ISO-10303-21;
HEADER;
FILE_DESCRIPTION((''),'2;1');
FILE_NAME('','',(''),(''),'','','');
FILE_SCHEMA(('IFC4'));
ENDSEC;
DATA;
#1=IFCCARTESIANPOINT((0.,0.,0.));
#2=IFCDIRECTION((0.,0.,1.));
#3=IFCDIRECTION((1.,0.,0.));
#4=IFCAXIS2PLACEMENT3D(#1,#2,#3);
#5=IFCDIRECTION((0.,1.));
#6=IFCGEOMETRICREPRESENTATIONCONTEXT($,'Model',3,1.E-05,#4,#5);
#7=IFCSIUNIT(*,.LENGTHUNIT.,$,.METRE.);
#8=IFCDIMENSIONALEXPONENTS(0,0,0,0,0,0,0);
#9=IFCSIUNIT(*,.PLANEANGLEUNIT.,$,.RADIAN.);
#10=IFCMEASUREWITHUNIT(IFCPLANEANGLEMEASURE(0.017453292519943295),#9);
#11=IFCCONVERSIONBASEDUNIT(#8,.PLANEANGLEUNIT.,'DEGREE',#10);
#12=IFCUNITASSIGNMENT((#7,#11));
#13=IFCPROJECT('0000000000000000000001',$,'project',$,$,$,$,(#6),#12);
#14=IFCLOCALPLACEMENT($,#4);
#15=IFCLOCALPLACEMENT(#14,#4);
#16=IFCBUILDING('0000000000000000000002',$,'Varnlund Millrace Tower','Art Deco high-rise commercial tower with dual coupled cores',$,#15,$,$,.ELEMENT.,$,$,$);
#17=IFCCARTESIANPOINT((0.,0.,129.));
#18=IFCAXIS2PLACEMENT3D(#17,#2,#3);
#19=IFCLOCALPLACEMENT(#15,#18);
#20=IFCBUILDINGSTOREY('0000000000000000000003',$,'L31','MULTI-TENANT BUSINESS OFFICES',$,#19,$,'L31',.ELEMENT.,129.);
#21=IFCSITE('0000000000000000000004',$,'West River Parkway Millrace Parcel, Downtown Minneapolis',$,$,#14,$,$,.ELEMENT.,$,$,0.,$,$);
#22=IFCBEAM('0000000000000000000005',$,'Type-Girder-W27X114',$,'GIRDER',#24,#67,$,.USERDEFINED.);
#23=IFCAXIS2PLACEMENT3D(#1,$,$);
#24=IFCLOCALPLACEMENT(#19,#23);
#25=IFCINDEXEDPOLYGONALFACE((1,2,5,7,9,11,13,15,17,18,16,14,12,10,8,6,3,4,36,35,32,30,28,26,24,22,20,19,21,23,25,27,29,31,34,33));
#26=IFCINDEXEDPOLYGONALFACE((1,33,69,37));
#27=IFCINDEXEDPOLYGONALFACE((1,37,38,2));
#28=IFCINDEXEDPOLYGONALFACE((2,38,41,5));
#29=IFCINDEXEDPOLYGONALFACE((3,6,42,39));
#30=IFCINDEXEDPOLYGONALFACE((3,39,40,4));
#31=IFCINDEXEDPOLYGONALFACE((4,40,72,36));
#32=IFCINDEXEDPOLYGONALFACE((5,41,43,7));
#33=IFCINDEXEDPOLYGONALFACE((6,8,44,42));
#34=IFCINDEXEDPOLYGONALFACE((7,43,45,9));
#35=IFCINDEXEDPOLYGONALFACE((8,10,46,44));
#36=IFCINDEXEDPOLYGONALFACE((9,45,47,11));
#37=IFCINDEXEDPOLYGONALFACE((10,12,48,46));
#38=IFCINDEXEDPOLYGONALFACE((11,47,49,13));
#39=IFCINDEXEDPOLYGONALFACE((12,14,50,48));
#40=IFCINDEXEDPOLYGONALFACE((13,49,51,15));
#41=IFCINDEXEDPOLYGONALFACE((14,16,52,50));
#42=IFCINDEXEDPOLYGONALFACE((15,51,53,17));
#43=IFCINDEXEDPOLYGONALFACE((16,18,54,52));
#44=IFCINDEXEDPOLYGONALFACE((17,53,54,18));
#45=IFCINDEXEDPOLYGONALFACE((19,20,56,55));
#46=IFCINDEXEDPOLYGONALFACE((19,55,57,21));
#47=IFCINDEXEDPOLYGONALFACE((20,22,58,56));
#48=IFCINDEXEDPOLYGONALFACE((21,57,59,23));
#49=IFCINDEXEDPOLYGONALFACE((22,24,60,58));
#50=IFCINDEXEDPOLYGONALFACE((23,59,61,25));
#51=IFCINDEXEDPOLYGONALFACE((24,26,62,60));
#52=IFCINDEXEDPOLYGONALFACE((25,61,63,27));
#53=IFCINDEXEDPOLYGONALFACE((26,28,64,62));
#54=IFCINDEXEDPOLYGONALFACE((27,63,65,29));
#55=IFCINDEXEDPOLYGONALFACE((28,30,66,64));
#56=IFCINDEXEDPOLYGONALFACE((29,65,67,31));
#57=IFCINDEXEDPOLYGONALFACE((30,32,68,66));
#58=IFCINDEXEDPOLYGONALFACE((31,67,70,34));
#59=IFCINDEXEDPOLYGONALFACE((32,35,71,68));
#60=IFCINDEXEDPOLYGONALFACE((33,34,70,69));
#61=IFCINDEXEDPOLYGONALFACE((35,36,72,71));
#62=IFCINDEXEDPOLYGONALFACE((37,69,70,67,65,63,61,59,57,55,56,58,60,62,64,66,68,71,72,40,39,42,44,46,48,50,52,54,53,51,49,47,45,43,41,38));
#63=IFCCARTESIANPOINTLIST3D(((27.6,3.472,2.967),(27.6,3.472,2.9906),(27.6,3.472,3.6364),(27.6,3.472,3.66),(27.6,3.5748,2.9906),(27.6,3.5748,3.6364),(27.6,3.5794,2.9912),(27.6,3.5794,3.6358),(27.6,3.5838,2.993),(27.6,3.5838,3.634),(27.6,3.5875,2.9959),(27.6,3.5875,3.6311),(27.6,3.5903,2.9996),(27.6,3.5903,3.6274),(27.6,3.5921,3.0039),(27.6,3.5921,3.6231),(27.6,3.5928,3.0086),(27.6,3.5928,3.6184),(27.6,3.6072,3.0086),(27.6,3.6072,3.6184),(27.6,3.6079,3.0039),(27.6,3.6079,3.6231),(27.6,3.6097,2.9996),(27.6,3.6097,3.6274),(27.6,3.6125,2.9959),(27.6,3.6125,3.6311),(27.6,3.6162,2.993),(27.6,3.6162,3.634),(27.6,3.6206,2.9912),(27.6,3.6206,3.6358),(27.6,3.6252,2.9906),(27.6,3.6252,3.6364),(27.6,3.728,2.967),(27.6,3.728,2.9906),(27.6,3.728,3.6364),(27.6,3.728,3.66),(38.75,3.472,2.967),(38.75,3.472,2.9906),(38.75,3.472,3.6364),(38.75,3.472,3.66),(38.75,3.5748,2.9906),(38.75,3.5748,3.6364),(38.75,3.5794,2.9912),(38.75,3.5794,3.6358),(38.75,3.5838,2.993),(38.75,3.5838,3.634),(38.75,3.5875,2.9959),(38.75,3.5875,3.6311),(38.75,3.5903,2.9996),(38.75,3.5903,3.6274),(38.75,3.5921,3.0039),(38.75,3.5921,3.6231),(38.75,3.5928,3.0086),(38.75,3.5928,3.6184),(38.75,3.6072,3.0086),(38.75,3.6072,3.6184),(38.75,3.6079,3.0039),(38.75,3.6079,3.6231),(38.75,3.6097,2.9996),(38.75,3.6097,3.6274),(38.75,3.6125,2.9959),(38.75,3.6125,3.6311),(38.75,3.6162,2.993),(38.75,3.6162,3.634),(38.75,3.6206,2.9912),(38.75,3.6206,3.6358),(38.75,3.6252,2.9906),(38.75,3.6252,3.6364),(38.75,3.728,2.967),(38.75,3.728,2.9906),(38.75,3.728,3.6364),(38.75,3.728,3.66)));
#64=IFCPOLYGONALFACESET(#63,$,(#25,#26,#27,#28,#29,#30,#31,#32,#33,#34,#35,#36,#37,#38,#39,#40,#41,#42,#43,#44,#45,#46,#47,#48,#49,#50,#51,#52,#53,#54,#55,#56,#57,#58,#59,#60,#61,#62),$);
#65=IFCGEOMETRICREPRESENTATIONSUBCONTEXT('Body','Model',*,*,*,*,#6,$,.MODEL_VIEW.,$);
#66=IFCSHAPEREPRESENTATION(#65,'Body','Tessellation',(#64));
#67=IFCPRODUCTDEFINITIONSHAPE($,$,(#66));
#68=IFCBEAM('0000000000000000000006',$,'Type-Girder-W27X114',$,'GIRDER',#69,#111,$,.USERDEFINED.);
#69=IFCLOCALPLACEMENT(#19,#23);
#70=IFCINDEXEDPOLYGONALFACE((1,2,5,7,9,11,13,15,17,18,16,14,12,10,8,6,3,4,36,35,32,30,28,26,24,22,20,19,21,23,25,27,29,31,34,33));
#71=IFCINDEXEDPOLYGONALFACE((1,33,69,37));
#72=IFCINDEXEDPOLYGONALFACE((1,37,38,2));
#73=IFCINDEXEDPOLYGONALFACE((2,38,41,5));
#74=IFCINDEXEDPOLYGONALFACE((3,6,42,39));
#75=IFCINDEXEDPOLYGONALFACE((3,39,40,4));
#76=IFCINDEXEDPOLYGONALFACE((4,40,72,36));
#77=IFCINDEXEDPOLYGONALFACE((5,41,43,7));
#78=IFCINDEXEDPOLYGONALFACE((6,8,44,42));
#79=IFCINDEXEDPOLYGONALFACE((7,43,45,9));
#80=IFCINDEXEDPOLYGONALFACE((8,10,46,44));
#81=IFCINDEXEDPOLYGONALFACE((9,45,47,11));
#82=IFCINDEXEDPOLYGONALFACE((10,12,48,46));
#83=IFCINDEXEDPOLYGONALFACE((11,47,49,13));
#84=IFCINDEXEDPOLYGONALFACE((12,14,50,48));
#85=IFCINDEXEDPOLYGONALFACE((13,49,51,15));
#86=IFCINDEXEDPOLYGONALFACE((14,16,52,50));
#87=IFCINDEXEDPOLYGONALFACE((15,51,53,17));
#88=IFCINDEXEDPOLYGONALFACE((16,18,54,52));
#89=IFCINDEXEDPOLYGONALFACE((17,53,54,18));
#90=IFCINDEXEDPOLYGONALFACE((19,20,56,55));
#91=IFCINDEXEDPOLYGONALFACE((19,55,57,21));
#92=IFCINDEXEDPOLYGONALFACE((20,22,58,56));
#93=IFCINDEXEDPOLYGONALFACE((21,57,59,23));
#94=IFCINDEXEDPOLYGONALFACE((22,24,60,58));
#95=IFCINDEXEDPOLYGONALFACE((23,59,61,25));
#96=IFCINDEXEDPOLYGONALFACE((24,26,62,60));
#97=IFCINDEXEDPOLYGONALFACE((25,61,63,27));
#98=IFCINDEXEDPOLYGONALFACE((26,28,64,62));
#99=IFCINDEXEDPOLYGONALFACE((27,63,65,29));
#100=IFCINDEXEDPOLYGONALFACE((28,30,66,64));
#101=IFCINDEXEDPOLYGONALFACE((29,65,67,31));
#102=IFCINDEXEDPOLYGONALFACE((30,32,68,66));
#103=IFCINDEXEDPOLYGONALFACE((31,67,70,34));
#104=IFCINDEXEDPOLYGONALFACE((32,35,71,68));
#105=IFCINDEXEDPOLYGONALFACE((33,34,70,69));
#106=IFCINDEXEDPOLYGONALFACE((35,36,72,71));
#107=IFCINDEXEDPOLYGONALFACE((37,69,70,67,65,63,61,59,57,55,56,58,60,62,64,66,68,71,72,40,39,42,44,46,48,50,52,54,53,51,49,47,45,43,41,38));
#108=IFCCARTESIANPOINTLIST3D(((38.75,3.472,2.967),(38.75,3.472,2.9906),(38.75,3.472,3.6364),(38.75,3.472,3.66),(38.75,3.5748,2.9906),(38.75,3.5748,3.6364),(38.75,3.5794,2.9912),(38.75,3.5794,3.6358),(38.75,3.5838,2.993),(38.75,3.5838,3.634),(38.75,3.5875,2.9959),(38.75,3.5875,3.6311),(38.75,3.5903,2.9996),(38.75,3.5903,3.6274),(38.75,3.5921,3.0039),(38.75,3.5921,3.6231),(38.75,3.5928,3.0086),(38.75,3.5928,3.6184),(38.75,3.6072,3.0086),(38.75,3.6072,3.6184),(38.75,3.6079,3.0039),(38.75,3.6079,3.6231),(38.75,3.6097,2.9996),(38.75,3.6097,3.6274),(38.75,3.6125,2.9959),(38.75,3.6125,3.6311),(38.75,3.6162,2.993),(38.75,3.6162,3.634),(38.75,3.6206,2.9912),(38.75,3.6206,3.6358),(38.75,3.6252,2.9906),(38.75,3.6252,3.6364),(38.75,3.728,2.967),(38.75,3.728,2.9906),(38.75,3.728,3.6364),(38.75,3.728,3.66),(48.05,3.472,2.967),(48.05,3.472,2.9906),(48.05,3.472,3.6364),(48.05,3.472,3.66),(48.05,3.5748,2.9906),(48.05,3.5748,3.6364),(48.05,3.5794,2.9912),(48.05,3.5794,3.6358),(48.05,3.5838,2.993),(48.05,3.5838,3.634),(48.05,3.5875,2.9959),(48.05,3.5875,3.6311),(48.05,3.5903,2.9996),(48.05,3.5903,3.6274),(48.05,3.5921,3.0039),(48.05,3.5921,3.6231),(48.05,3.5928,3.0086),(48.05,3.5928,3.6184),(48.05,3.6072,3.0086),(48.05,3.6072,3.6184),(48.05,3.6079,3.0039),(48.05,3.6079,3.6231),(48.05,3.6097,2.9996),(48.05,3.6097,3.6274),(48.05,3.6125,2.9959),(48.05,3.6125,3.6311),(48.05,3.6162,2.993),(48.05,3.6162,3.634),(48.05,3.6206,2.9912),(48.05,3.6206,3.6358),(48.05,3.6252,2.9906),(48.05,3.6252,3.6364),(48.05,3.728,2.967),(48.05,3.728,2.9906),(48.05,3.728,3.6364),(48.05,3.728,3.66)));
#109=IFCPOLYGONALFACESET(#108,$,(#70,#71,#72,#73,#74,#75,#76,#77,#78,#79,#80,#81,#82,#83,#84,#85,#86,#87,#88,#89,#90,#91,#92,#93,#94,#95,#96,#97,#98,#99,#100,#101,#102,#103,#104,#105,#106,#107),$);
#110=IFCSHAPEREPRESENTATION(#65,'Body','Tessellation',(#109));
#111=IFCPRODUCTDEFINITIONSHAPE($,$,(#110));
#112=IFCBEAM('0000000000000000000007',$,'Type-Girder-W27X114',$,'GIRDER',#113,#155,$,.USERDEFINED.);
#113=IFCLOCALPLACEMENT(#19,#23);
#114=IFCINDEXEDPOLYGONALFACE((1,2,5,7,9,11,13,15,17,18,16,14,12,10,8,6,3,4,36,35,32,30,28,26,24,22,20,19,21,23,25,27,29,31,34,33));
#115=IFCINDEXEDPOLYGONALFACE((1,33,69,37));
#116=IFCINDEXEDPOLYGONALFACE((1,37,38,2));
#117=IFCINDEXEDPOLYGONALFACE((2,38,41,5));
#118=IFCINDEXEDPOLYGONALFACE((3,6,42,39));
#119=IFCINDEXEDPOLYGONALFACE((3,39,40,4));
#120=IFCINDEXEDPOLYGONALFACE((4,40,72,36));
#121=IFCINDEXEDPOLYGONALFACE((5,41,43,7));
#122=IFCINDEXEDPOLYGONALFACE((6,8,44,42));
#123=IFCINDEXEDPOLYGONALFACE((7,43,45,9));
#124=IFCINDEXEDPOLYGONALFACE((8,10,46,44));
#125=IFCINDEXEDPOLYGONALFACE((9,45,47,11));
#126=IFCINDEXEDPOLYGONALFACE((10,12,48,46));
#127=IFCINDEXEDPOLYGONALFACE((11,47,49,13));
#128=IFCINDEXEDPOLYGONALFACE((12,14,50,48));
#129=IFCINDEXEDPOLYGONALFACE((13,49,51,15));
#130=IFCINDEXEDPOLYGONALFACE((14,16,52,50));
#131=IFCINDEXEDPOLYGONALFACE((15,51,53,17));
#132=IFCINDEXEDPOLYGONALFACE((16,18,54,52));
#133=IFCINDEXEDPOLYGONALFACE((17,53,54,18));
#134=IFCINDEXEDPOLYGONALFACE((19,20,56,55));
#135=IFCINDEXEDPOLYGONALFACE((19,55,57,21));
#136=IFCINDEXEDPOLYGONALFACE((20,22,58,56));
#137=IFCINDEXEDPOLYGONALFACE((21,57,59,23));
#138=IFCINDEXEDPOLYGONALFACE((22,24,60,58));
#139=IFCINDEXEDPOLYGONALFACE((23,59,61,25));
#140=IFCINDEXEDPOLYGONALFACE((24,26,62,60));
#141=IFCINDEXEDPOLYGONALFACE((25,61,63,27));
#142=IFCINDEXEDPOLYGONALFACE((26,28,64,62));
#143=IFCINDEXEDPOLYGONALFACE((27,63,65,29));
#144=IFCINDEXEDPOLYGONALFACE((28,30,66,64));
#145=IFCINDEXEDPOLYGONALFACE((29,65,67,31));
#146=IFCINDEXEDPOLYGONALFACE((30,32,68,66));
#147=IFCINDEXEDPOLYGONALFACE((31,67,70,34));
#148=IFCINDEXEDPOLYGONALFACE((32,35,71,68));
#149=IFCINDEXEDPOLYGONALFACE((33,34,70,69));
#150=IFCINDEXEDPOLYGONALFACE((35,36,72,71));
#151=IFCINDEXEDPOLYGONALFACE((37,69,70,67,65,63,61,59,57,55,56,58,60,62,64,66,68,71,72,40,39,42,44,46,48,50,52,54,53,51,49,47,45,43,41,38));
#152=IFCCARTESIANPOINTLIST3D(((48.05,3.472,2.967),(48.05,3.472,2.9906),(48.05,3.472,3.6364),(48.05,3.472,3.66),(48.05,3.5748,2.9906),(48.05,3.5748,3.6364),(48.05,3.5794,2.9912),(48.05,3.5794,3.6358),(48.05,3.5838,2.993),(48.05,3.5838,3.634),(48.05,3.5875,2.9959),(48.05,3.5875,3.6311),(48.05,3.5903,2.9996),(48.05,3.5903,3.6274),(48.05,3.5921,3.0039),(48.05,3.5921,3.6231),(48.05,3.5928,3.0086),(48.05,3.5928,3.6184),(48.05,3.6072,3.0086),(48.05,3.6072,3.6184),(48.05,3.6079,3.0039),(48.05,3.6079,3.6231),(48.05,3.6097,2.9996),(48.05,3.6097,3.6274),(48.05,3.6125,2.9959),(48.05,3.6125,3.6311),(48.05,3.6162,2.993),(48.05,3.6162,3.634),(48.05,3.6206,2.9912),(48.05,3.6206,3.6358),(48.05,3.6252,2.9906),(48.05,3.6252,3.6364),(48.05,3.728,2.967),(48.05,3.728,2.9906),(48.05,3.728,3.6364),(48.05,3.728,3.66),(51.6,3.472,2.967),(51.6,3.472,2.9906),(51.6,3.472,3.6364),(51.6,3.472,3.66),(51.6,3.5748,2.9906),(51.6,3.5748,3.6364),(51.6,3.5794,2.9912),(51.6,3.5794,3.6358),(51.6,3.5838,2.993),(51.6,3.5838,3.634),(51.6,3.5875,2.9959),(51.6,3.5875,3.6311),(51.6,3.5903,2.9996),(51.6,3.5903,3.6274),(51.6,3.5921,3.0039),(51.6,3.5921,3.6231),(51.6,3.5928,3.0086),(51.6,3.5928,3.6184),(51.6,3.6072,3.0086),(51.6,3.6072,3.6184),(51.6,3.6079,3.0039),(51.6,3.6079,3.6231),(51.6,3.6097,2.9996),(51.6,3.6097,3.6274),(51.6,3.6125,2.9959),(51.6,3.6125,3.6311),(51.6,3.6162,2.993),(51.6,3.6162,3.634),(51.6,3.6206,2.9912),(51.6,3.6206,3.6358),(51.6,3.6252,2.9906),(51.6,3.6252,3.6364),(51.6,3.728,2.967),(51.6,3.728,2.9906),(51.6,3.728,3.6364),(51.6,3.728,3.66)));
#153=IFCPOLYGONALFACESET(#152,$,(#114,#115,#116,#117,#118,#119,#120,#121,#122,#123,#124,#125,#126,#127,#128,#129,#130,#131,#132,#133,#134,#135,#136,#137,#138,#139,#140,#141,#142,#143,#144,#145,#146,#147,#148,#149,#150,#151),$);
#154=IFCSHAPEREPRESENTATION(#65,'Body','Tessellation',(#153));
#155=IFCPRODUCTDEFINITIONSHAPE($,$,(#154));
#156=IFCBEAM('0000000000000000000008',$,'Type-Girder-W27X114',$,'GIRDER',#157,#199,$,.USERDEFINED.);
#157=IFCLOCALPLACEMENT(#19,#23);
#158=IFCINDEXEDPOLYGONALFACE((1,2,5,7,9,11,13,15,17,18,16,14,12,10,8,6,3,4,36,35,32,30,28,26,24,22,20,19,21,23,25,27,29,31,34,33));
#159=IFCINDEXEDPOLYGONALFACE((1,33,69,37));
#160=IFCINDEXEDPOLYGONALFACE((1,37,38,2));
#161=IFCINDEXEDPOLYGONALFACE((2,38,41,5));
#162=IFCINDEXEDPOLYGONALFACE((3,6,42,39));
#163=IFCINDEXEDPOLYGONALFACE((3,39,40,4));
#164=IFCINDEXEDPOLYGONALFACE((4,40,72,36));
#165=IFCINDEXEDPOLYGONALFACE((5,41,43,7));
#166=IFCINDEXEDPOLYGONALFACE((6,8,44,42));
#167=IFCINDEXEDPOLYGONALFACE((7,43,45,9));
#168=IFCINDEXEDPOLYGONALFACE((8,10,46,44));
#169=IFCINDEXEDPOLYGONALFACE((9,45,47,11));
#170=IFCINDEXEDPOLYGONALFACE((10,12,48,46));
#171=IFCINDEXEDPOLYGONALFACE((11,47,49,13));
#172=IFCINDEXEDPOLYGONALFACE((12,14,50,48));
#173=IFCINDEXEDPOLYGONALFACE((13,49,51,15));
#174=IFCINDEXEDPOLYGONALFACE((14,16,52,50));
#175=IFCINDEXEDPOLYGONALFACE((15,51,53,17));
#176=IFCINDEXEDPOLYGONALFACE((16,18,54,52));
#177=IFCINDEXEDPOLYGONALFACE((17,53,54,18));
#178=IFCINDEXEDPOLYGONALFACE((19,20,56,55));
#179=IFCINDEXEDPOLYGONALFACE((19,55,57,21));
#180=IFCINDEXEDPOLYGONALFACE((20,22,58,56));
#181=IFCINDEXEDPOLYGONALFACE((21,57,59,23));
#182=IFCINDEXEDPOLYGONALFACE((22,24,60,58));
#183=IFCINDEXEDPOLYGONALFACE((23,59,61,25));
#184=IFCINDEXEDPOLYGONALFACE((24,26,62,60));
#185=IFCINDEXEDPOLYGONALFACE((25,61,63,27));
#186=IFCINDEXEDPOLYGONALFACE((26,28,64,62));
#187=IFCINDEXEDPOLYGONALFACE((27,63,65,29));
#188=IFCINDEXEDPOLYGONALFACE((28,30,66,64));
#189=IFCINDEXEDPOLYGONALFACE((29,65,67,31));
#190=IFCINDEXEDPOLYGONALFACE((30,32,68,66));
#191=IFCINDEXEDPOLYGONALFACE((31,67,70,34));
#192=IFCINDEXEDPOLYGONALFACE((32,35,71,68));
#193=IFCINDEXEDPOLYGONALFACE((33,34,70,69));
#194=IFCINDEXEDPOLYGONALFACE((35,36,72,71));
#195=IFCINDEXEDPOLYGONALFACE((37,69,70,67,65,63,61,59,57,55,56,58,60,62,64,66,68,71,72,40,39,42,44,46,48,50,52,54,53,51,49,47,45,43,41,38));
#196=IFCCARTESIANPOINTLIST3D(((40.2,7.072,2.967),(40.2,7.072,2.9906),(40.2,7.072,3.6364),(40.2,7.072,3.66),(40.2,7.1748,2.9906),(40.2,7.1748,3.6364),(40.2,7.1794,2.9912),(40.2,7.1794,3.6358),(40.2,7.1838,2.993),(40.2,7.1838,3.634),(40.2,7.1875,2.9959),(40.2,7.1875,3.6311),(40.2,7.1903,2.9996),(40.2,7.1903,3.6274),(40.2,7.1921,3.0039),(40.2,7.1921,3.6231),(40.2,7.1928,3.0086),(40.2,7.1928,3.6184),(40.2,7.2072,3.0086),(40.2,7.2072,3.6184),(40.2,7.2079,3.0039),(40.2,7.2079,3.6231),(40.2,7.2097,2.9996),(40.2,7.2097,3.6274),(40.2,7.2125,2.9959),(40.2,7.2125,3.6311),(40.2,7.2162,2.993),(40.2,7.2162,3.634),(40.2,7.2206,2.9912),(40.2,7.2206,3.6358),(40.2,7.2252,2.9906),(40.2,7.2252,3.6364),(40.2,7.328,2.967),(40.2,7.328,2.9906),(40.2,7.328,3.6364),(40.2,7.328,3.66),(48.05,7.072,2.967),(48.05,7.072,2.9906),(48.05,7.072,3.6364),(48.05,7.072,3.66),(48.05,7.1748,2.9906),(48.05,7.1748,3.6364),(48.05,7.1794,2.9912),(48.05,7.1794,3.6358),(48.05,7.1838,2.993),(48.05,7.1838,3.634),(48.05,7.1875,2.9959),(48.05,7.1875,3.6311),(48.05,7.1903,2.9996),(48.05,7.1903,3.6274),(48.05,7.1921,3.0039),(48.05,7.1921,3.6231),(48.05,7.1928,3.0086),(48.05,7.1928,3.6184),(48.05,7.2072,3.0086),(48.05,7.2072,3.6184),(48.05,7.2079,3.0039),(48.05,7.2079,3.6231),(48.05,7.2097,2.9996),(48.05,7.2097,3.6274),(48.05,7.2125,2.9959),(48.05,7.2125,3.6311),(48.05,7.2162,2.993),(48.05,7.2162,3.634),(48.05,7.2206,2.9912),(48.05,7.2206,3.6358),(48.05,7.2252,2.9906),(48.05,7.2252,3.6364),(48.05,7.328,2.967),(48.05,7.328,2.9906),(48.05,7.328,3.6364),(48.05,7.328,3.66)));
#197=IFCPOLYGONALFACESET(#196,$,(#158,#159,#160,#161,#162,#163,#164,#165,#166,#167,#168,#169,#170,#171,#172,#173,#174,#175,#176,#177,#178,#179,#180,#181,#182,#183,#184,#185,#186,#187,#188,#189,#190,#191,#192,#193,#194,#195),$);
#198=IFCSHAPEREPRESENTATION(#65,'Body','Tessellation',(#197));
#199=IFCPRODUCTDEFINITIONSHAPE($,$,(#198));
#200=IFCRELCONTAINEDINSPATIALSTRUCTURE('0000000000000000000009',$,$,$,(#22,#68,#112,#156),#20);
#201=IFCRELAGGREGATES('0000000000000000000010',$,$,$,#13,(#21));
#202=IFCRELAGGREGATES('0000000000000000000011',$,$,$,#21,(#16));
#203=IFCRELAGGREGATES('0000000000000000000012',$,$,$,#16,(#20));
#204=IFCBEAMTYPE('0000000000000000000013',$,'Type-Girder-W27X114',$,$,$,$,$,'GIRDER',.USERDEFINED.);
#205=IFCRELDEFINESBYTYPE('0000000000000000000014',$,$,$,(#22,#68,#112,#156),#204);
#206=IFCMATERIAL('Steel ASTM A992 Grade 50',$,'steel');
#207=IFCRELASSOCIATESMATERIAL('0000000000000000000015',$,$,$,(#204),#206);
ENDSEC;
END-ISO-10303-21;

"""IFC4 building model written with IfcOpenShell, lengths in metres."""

from ifc_helpers import new_model, entity, si_unit, converted_unit, direction, frame, origin_with_axes, origin_2d_with_axis, place, context, subcontext, project, spatial, i_section, extrude, material, material_profile, profile_set, type_object, element, save


model = new_model("IFC4")

# Units and contexts
model_context = context("Model", 3, precision=1e-05, world=origin_with_axes(), true_north=direction((0.0, 1.0)))
body_context = subcontext(model_context, "Body", "Model", "MODEL_VIEW")
ifc_project = project(units=[si_unit("LENGTHUNIT", "METRE"), converted_unit("PLANEANGLEUNIT", "DEGREE", entity("IfcPlaneAngleMeasure", 0.017453292519943295), si_unit("PLANEANGLEUNIT", "RADIAN"), dimensions=[0, 0, 0, 0, 0, 0, 0])], contexts=[model_context])

# Site, building, storey
site_placement = place(None, origin_with_axes())
site = spatial("IfcSite", under=ifc_project, at=site_placement, Name="West River Parkway Millrace Parcel, Downtown Minneapolis", CompositionType="ELEMENT", RefElevation=0.0)
building_placement = place(site_placement, origin_with_axes())
building = spatial("IfcBuilding", under=site, at=building_placement, Name="Varnlund Millrace Tower", Description="Art Deco high-rise commercial tower with dual coupled cores", CompositionType="ELEMENT")
storey_placement = place(building_placement, frame((0.0, 0.0, 129.0), z_axis=(0.0, 0.0, 1.0), x_axis=(1.0, 0.0, 0.0)))
storey = spatial("IfcBuildingStorey", under=building, at=storey_placement, Name="L31", Description="MULTI-TENANT BUSINESS OFFICES", LongName="L31", CompositionType="ELEMENT", Elevation=129.0)

# Beams
ifc_material_1 = material(Name="Steel ASTM A992 Grade 50", Category="steel")
ifc_material_profile_1 = material_profile(ifc_material_1, i_section(OverallWidth=0.256, OverallDepth=0.693, WebThickness=0.0145, FlangeThickness=0.0236, FilletRadius=0.018, at=origin_2d_with_axis()), Name="Steel ASTM A992 Grade 50")
ifc_profile_set_1 = profile_set([ifc_material_profile_1], Name="Steel ASTM A992 Grade 50")
beam_type_1 = type_object("IfcBeamType", Name="Type-Girder-W27X114", ElementType="GIRDER", PredefinedType="USERDEFINED", material=ifc_profile_set_1)
beam_1_placement = place(storey_placement, frame((27.6, 3.6, 3.3135), z_axis=(1.0, 0.0, 0.0), x_axis=(0.0, 1.0, 0.0)))
element("IfcBeam", 1, at=beam_1_placement, inside=storey, type_object=beam_type_1, Name="Type-Girder-W27X114", ObjectType="GIRDER", PredefinedType="USERDEFINED", context=body_context, shape_type="SweptSolid", body=[
    extrude(i_section(OverallWidth=0.256, OverallDepth=0.693, WebThickness=0.0145, FlangeThickness=0.0236, FilletRadius=0.018, at=origin_2d_with_axis()), origin_with_axes(), (0.0, 0.0, 1.0), 11.15),
])
beam_2_placement = place(storey_placement, frame((38.75, 3.6, 3.3135), z_axis=(1.0, 0.0, 0.0), x_axis=(0.0, 1.0, 0.0)))
element("IfcBeam", 2, at=beam_2_placement, inside=storey, type_object=beam_type_1, Name="Type-Girder-W27X114", ObjectType="GIRDER", PredefinedType="USERDEFINED", context=body_context, shape_type="SweptSolid", body=[
    extrude(i_section(OverallWidth=0.256, OverallDepth=0.693, WebThickness=0.0145, FlangeThickness=0.0236, FilletRadius=0.018, at=origin_2d_with_axis()), origin_with_axes(), (0.0, 0.0, 1.0), 9.3),
])
beam_3_placement = place(storey_placement, frame((48.05, 3.6, 3.3135), z_axis=(1.0, 0.0, 0.0), x_axis=(0.0, 1.0, 0.0)))
element("IfcBeam", 3, at=beam_3_placement, inside=storey, type_object=beam_type_1, Name="Type-Girder-W27X114", ObjectType="GIRDER", PredefinedType="USERDEFINED", context=body_context, shape_type="SweptSolid", body=[
    extrude(i_section(OverallWidth=0.256, OverallDepth=0.693, WebThickness=0.0145, FlangeThickness=0.0236, FilletRadius=0.018, at=origin_2d_with_axis()), origin_with_axes(), (0.0, 0.0, 1.0), 3.55),
])
beam_4_placement = place(storey_placement, frame((40.2, 7.2, 3.3135), z_axis=(1.0, 0.0, 0.0), x_axis=(0.0, 1.0, 0.0)))
element("IfcBeam", 4, at=beam_4_placement, inside=storey, type_object=beam_type_1, Name="Type-Girder-W27X114", ObjectType="GIRDER", PredefinedType="USERDEFINED", context=body_context, shape_type="SweptSolid", body=[
    extrude(i_section(OverallWidth=0.256, OverallDepth=0.693, WebThickness=0.0145, FlangeThickness=0.0236, FilletRadius=0.018, at=origin_2d_with_axis()), origin_with_axes(), (0.0, 0.0, 1.0), 7.85),
])

save(model, "model.ifc")
